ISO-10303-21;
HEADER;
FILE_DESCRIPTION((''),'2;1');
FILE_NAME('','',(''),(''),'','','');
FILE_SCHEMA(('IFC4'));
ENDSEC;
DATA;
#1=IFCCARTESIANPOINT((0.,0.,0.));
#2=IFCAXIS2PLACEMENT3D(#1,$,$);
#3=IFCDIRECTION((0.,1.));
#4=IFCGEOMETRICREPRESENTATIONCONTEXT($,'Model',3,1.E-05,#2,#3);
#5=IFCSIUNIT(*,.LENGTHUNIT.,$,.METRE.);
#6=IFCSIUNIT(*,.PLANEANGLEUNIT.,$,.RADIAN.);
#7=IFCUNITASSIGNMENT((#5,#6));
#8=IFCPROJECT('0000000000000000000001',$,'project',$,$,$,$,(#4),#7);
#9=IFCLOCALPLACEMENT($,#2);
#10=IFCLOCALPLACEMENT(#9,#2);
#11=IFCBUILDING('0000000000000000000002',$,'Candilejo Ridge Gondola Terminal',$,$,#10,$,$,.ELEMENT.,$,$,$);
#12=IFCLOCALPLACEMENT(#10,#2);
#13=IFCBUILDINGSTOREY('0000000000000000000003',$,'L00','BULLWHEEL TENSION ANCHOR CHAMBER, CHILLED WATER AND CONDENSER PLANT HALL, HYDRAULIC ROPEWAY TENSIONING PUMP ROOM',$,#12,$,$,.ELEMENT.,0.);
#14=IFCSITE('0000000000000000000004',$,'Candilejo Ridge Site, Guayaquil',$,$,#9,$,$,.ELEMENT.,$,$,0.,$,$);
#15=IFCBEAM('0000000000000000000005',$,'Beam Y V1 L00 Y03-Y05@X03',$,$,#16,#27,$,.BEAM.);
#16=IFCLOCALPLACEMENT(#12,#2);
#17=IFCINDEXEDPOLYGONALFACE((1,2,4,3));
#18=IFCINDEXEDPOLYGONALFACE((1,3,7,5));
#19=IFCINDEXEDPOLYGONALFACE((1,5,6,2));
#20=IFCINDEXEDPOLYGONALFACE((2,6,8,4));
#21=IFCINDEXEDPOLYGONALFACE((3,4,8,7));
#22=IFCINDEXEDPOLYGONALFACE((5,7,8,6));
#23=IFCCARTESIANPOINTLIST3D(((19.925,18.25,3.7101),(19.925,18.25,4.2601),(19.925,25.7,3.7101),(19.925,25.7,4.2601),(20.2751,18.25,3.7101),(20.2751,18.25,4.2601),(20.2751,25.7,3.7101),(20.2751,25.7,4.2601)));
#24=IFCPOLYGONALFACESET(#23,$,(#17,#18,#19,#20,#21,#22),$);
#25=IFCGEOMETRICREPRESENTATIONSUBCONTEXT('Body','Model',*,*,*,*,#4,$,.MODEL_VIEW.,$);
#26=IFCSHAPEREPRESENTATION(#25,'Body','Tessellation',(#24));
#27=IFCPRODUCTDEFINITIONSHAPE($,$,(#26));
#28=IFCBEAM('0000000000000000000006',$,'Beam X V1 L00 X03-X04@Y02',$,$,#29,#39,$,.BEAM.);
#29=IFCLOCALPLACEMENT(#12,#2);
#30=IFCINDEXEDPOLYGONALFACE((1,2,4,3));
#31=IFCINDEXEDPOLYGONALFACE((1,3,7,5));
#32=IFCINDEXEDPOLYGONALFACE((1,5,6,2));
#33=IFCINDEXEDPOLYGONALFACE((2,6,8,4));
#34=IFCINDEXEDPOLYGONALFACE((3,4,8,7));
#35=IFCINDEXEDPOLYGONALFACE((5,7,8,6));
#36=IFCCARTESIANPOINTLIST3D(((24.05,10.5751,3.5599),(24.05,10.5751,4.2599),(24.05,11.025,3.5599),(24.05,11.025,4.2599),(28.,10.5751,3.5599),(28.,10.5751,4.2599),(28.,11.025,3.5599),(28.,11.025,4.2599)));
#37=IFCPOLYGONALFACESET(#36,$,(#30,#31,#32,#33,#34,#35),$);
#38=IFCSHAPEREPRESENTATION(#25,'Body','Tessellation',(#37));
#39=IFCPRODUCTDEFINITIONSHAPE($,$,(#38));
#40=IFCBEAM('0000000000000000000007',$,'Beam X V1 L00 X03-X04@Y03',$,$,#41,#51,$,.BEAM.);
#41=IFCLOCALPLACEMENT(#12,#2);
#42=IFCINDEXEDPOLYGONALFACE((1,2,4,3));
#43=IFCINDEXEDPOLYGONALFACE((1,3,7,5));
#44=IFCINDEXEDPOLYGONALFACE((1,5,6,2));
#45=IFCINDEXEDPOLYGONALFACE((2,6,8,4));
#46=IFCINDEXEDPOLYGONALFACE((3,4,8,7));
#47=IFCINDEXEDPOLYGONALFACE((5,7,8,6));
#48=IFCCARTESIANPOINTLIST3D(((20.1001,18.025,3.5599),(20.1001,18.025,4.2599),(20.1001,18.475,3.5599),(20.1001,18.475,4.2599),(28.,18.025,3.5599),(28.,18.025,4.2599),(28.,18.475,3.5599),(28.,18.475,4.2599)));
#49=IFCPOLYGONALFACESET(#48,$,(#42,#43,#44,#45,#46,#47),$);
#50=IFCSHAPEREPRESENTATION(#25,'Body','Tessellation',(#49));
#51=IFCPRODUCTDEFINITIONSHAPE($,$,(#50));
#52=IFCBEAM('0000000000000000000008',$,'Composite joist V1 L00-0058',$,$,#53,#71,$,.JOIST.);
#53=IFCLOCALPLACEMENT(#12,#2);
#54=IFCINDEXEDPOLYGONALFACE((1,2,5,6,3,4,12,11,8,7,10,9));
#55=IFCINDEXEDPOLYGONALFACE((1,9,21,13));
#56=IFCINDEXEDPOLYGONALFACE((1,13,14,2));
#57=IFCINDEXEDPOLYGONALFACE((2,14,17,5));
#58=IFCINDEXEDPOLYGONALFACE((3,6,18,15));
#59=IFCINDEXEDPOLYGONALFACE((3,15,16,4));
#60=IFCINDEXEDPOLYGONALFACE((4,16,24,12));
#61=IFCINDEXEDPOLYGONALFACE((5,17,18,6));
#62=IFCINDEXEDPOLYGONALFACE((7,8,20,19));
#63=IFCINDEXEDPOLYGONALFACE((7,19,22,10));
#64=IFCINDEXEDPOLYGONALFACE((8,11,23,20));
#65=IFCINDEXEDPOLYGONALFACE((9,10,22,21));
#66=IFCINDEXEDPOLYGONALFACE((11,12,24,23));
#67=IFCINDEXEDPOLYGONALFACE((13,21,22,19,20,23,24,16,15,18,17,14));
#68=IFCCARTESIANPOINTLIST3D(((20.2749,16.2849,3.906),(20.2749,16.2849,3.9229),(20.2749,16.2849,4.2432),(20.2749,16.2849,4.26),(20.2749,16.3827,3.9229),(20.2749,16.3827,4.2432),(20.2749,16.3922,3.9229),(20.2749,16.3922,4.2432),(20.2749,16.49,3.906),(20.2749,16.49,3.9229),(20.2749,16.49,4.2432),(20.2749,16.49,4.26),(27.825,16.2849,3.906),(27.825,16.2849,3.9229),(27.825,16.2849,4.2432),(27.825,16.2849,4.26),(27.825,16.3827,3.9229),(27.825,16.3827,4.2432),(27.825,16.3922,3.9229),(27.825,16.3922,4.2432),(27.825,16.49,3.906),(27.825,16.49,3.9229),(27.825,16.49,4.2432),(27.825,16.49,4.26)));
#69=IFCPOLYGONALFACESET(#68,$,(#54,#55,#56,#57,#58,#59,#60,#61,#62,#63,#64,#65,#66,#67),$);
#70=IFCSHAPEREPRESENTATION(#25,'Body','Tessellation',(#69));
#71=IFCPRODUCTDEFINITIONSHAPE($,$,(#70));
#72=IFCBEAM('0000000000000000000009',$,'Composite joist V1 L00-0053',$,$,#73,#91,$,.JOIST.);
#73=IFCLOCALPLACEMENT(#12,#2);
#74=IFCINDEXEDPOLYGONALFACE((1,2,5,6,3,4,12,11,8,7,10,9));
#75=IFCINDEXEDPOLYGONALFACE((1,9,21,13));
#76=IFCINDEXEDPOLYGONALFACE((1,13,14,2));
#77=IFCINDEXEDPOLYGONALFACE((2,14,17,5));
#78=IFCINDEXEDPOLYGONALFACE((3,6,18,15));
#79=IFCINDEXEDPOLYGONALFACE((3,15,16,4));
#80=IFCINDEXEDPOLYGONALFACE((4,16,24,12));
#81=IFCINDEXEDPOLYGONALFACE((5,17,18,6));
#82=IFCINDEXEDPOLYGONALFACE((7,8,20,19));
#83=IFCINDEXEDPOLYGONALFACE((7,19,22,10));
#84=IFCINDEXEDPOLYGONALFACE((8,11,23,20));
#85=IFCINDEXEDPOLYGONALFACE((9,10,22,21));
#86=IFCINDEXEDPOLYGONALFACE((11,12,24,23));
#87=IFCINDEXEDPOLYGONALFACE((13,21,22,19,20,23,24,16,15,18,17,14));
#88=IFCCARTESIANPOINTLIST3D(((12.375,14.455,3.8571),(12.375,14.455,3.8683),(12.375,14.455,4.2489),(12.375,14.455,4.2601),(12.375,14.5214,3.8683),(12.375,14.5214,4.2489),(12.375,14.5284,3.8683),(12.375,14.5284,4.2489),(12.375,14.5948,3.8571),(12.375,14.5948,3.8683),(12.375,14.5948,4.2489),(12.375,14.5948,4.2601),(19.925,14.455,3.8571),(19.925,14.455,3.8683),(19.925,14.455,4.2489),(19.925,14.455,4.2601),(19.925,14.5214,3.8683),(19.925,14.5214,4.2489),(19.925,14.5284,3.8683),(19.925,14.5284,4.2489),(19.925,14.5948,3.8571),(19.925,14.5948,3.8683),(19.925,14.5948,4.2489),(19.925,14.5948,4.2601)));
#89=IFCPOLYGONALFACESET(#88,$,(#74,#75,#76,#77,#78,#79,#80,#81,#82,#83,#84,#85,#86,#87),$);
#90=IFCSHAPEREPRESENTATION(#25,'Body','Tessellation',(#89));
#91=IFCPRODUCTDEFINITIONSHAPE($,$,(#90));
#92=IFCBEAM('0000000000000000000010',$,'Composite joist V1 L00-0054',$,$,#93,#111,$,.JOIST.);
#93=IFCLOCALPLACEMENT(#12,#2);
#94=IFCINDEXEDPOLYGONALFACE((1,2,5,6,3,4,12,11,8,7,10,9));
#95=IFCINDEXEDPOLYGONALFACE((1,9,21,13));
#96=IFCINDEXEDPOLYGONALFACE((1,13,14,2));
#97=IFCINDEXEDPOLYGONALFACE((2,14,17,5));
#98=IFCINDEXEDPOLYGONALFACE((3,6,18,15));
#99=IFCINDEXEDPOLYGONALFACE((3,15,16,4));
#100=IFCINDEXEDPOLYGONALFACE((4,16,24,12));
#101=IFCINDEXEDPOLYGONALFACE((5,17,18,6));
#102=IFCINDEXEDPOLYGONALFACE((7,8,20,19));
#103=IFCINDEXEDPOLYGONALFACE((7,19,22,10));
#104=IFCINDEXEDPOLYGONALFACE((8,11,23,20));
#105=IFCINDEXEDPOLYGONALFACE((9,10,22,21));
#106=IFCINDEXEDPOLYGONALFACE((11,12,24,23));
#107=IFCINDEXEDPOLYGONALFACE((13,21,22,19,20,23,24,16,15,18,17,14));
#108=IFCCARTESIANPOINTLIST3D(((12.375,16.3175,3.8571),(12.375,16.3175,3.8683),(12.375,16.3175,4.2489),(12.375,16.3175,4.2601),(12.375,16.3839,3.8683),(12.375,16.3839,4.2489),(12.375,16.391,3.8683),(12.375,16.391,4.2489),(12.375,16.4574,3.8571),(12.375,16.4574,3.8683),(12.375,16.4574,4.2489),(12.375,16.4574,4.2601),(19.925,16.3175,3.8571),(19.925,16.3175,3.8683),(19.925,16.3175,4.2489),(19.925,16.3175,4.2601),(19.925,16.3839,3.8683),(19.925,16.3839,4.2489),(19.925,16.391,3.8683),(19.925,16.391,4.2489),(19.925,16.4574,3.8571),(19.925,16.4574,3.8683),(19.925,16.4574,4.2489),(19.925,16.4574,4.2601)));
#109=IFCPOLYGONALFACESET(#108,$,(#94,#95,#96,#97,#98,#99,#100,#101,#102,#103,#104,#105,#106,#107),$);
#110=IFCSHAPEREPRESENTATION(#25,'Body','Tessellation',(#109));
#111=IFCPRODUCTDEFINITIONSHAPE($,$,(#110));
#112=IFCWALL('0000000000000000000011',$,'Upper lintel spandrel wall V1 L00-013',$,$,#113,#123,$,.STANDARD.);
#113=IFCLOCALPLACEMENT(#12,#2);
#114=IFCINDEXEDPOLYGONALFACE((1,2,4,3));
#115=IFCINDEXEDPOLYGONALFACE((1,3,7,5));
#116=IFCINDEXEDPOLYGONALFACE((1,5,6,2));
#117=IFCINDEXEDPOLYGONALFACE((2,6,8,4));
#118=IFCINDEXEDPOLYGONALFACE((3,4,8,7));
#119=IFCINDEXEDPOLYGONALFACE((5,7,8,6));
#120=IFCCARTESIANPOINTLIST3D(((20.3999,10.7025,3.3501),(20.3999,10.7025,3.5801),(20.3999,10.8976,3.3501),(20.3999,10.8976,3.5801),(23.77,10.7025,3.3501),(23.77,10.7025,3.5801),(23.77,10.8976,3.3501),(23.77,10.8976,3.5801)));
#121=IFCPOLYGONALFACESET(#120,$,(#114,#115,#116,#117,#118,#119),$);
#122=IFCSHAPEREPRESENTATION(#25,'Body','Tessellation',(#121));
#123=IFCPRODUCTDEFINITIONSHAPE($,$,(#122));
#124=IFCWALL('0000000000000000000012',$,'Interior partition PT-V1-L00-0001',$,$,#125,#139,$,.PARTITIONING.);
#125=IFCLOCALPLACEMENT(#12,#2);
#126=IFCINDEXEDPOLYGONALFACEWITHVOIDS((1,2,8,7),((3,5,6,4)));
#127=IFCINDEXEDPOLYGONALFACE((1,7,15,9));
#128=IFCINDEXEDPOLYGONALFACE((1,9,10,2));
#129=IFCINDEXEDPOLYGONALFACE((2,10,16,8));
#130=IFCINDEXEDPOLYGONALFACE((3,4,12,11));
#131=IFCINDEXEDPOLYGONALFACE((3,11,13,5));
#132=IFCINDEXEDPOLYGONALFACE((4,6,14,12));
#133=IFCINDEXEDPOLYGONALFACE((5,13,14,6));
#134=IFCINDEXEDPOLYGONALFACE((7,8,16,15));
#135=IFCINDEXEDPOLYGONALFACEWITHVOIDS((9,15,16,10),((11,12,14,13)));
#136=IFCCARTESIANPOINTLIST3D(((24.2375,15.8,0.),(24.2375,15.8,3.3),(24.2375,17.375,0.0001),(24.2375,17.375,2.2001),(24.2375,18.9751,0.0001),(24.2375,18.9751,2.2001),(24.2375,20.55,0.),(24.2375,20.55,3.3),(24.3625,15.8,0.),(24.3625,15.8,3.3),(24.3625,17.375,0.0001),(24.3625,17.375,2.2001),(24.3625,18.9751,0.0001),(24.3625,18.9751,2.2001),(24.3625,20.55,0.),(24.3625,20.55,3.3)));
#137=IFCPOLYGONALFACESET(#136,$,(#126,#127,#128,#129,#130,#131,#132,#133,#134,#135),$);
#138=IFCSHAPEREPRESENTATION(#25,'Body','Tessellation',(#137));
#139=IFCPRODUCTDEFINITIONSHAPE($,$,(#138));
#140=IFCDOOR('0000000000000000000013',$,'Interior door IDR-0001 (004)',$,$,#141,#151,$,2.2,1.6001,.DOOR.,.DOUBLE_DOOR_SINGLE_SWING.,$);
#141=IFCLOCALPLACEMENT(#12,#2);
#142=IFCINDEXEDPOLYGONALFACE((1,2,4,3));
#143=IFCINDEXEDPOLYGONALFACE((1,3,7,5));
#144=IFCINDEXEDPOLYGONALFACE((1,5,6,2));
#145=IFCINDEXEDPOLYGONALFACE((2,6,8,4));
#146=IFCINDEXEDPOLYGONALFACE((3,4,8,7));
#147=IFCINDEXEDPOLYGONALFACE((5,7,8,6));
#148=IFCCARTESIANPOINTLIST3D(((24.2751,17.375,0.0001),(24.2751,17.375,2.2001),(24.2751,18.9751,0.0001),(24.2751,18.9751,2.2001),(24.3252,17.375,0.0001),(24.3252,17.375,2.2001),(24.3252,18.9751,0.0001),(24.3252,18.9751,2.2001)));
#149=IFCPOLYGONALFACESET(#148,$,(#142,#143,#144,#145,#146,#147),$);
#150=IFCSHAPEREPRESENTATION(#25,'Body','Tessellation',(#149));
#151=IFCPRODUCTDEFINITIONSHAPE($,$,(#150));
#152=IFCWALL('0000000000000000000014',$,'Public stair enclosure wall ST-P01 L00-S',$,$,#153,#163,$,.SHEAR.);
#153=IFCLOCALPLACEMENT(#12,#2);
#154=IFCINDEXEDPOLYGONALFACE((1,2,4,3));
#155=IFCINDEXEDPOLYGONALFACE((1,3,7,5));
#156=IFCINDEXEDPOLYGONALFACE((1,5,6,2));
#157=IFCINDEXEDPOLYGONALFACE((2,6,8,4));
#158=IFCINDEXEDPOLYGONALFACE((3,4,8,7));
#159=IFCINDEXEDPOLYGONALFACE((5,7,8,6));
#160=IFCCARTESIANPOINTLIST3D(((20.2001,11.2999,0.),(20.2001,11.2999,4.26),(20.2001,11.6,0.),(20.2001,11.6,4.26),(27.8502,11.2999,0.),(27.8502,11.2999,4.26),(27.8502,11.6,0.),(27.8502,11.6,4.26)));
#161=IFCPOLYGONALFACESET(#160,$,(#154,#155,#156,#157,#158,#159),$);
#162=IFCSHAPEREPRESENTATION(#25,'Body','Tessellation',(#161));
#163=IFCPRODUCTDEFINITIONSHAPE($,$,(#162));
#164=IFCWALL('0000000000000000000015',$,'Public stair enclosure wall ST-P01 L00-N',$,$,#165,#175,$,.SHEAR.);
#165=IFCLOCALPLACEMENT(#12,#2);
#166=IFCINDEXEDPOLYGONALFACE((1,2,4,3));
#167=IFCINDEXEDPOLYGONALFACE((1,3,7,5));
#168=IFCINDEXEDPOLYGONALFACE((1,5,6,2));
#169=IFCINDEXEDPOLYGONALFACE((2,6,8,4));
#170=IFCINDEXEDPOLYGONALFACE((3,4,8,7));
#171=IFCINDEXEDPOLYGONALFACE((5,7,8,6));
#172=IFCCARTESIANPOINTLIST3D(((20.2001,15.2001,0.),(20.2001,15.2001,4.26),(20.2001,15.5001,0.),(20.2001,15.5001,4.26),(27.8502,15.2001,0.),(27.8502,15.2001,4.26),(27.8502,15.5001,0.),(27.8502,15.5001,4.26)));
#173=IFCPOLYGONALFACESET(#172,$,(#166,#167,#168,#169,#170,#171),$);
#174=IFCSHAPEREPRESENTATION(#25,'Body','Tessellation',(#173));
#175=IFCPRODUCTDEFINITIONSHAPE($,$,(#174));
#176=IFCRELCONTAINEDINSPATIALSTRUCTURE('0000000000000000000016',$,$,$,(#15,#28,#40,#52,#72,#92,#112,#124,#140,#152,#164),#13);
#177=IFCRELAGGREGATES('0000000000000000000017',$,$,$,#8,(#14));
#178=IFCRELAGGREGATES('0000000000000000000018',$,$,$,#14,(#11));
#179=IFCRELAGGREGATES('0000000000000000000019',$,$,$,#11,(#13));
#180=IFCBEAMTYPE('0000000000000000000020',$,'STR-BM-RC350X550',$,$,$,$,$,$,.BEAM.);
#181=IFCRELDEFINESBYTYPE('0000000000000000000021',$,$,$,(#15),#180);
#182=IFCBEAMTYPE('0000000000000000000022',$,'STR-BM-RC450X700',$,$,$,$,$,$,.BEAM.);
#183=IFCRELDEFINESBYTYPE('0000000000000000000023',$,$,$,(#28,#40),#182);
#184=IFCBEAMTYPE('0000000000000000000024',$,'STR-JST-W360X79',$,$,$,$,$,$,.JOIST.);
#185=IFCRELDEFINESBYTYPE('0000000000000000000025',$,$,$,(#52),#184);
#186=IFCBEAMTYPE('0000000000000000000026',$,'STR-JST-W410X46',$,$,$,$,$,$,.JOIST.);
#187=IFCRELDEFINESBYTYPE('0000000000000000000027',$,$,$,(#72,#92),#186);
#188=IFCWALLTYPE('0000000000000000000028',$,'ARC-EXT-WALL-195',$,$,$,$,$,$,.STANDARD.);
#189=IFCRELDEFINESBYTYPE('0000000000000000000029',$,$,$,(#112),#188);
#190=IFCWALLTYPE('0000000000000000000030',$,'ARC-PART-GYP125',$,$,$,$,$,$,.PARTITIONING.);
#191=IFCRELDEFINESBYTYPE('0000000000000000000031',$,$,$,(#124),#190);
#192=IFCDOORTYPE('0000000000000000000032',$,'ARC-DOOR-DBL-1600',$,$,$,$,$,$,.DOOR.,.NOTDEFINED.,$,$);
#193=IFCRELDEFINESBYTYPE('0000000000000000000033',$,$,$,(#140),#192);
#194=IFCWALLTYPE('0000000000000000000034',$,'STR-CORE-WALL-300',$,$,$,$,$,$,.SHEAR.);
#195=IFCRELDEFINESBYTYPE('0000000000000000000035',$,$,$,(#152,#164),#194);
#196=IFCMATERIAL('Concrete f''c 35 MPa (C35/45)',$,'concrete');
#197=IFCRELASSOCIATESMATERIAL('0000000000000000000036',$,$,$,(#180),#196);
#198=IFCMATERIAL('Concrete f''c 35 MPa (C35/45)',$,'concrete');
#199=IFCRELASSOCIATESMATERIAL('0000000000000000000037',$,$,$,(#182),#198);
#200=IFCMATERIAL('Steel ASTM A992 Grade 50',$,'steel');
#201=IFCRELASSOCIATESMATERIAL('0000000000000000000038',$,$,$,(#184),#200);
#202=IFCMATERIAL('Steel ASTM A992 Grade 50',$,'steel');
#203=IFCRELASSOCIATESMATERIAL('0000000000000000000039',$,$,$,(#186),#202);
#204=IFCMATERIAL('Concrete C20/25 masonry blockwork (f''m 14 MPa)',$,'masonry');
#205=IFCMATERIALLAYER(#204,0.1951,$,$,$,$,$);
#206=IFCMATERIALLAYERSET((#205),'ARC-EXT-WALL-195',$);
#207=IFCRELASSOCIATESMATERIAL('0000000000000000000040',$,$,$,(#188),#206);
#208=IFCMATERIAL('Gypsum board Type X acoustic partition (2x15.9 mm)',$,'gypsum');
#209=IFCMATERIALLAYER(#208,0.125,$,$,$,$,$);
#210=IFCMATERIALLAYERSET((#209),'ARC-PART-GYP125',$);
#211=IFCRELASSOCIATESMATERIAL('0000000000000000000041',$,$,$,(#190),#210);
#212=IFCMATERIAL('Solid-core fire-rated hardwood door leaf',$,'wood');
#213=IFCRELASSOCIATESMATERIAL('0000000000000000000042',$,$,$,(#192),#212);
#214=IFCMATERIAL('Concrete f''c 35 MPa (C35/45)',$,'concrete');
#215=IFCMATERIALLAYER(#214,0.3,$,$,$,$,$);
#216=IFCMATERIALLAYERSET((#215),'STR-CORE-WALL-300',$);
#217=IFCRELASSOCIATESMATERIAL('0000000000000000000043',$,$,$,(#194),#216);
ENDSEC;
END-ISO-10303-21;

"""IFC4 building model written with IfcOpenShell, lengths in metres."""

from ifc_helpers import new_model, si_unit, direction, frame, frame_2d, origin, origin_2d, place, context, subcontext, project, spatial, rectangle, i_section, extrude, material, layer, layer_set, material_profile, profile_set, type_object, element, fill, save


model = new_model("IFC4")

# Units and contexts
model_context = context("Model", 3, precision=1e-05, world=origin(), true_north=direction((0.0, 1.0)))
body_context = subcontext(model_context, "Body", "Model", "MODEL_VIEW")
ifc_project = project(units=[si_unit("LENGTHUNIT", "METRE"), si_unit("PLANEANGLEUNIT", "RADIAN")], contexts=[model_context])

# Site, building, storey
site_placement = place(None, origin())
site = spatial("IfcSite", under=ifc_project, at=site_placement, Name="Candilejo Ridge Site, Guayaquil", CompositionType="ELEMENT", RefElevation=0.0)
building_placement = place(site_placement, origin())
building = spatial("IfcBuilding", under=site, at=building_placement, Name="Candilejo Ridge Gondola Terminal", CompositionType="ELEMENT")
storey_placement = place(building_placement, origin())
storey = spatial("IfcBuildingStorey", under=building, at=storey_placement, Name="L00", Description="BULLWHEEL TENSION ANCHOR CHAMBER, CHILLED WATER AND CONDENSER PLANT HALL, HYDRAULIC ROPEWAY TENSIONING PUMP ROOM", CompositionType="ELEMENT", Elevation=0.0)

# Beams
ifc_material_1 = material(Name="Concrete f'c 35 MPa (C35/45)", Category="concrete")
ifc_material_profile_1 = material_profile(ifc_material_1, rectangle(XDim=0.3501, YDim=0.55, at=origin_2d()))
ifc_profile_set_1 = profile_set([ifc_material_profile_1], Name="Concrete f'c 35 MPa (C35/45)")
beam_type_1 = type_object("IfcBeamType", Name="STR-BM-RC350X550", PredefinedType="BEAM", material=ifc_profile_set_1)
beam_1_placement = place(storey_placement, frame((20.1001, 18.25, 3.9851), z_axis=(0.0, 1.0, 0.0), x_axis=(-1.0, 0.0, 0.0)))
element("IfcBeam", 1, at=beam_1_placement, inside=storey, type_object=beam_type_1, Name="Beam Y V1 L00 Y03-Y05@X03", PredefinedType="BEAM", context=body_context, shape_type="SweptSolid", body=[
    extrude(rectangle(XDim=0.3501, YDim=0.55, at=origin_2d()), origin(), (0.0, 0.0, 1.0), 7.45),
])
ifc_material_2 = material(Name="Concrete f'c 35 MPa (C35/45)", Category="concrete")
ifc_material_profile_2 = material_profile(ifc_material_2, rectangle(XDim=0.45, YDim=0.7, at=origin_2d()))
ifc_profile_set_2 = profile_set([ifc_material_profile_2], Name="Concrete f'c 35 MPa (C35/45)")
beam_type_2 = type_object("IfcBeamType", Name="STR-BM-RC450X700", PredefinedType="BEAM", material=ifc_profile_set_2)
beam_2_placement = place(storey_placement, frame((24.05, 10.8, 3.9099), z_axis=(1.0, 0.0, 0.0), x_axis=(0.0, 1.0, 0.0)))
element("IfcBeam", 2, at=beam_2_placement, inside=storey, type_object=beam_type_2, Name="Beam X V1 L00 X03-X04@Y02", PredefinedType="BEAM", context=body_context, shape_type="SweptSolid", body=[
    extrude(rectangle(XDim=0.45, YDim=0.7, at=origin_2d()), origin(), (0.0, 0.0, 1.0), 3.95),
])
beam_3_placement = place(storey_placement, frame((20.1001, 18.25, 3.9099), z_axis=(1.0, 0.0, 0.0), x_axis=(0.0, 1.0, 0.0)))
element("IfcBeam", 3, at=beam_3_placement, inside=storey, type_object=beam_type_2, Name="Beam X V1 L00 X03-X04@Y03", PredefinedType="BEAM", context=body_context, shape_type="SweptSolid", body=[
    extrude(rectangle(XDim=0.45, YDim=0.7, at=origin_2d()), origin(), (0.0, 0.0, 1.0), 7.8999),
])
ifc_material_3 = material(Name="Steel ASTM A992 Grade 50", Category="steel")
ifc_material_profile_3 = material_profile(ifc_material_3, i_section(OverallWidth=0.2051, OverallDepth=0.354, WebThickness=0.0095, FlangeThickness=0.0168, at=origin_2d()))
ifc_profile_set_3 = profile_set([ifc_material_profile_3], Name="Steel ASTM A992 Grade 50")
beam_type_3 = type_object("IfcBeamType", Name="STR-JST-W360X79", PredefinedType="JOIST", material=ifc_profile_set_3)
beam_4_placement = place(storey_placement, frame((20.2749, 16.3875, 4.083), z_axis=(1.0, 0.0, 0.0), x_axis=(0.0, 1.0, 0.0)))
element("IfcBeam", 4, at=beam_4_placement, inside=storey, type_object=beam_type_3, Name="Composite joist V1 L00-0058", PredefinedType="JOIST", context=body_context, shape_type="SweptSolid", body=[
    extrude(i_section(OverallWidth=0.2051, OverallDepth=0.354, WebThickness=0.0095, FlangeThickness=0.0168, at=origin_2d()), origin(), (0.0, 0.0, 1.0), 7.55),
])
ifc_material_4 = material(Name="Steel ASTM A992 Grade 50", Category="steel")
ifc_material_profile_4 = material_profile(ifc_material_4, i_section(OverallWidth=0.1399, OverallDepth=0.4031, WebThickness=0.0071, FlangeThickness=0.0112, at=origin_2d()))
ifc_profile_set_4 = profile_set([ifc_material_profile_4], Name="Steel ASTM A992 Grade 50")
beam_type_4 = type_object("IfcBeamType", Name="STR-JST-W410X46", PredefinedType="JOIST", material=ifc_profile_set_4)
for number, where, z_axis, x_axis, name in (
    (5, (12.375, 14.5249, 4.0586), (1.0, 0.0, 0.0), (0.0, 1.0, 0.0), "Composite joist V1 L00-0053"),
    (6, (12.375, 16.3875, 4.0586), (1.0, 0.0, 0.0), (0.0, 1.0, 0.0), "Composite joist V1 L00-0054"),
):
    element("IfcBeam", number, at=place(storey_placement, frame(where, z_axis=z_axis, x_axis=x_axis)), inside=storey, type_object=beam_type_4, Name=name, PredefinedType="JOIST", context=body_context, shape_type="SweptSolid", body=[
        extrude(i_section(OverallWidth=0.1399, OverallDepth=0.4031, WebThickness=0.0071, FlangeThickness=0.0112, at=origin_2d()), origin(), (0.0, 0.0, 1.0), 7.55),
    ])

# Wall
ifc_material_5 = material(Name="Concrete C20/25 masonry blockwork (f'm 14 MPa)", Category="masonry")
ifc_layer_1 = layer(ifc_material_5, 0.1951)
ifc_layer_set_1 = layer_set([ifc_layer_1], Name="ARC-EXT-WALL-195")
wall_type_1 = type_object("IfcWallType", Name="ARC-EXT-WALL-195", PredefinedType="STANDARD", material=ifc_layer_set_1)
wall_1_placement = place(storey_placement, frame((23.77, 10.8, 3.3501), z_axis=(0.0, 0.0, 1.0), x_axis=(-1.0, 0.0, 0.0)))
element("IfcWall", 7, at=wall_1_placement, inside=storey, type_object=wall_type_1, Name="Upper lintel spandrel wall V1 L00-013", PredefinedType="STANDARD", context=body_context, shape_type="SweptSolid", body=[
    extrude(rectangle(XDim=3.3701, YDim=0.1951, at=frame_2d((1.6851, 0.0))), origin(), (0.0, 0.0, 1.0), 0.23),
])

# Wall, opening, door
ifc_material_6 = material(Name="Gypsum board Type X acoustic partition (2x15.9 mm)", Category="gypsum")
ifc_layer_2 = layer(ifc_material_6, 0.125)
ifc_layer_set_2 = layer_set([ifc_layer_2], Name="ARC-PART-GYP125")
wall_type_2 = type_object("IfcWallType", Name="ARC-PART-GYP125", PredefinedType="PARTITIONING", material=ifc_layer_set_2)
wall_2_placement = place(storey_placement, frame((24.3, 15.8, 0.0), z_axis=(0.0, 0.0, 1.0), x_axis=(0.0, 1.0, 0.0)))
wall_2 = element("IfcWall", 8, at=wall_2_placement, inside=storey, type_object=wall_type_2, Name="Interior partition PT-V1-L00-0001", PredefinedType="PARTITIONING", context=body_context, shape_type="SweptSolid", body=[
    extrude(rectangle(XDim=4.75, YDim=0.125, at=frame_2d((2.375, 0.0))), origin(), (0.0, 0.0, 1.0), 3.3),
])
opening_1_placement = place(wall_2_placement, frame((1.575, 0.0, 0.0)))
opening_1 = element("IfcOpeningElement", 9, at=opening_1_placement, cuts=wall_2, PredefinedType="OPENING", context=body_context, shape_type="SweptSolid", body=[
    extrude(rectangle(XDim=1.6001, YDim=2.2, at=frame_2d((0.8, 1.1001))), frame((0.0, 0.0725, 0.0), z_axis=(0.0, -1.0, 0.0), x_axis=(1.0, 0.0, 0.0)), (0.0, 0.0, 1.0), 0.145),
])
ifc_material_7 = material(Name="Solid-core fire-rated hardwood door leaf", Category="wood")
door_type = type_object("IfcDoorType", Name="ARC-DOOR-DBL-1600", OperationType="NOTDEFINED", PredefinedType="DOOR", material=ifc_material_7)
door_1_placement = place(opening_1_placement, origin())
door_1 = element("IfcDoor", 10, at=door_1_placement, inside=storey, type_object=door_type, Name="Interior door IDR-0001 (004)", OperationType="DOUBLE_DOOR_SINGLE_SWING", OverallHeight=2.2, OverallWidth=1.6001, PredefinedType="DOOR", context=body_context, shape_type="SweptSolid", body=[
    extrude(rectangle(XDim=1.6001, YDim=2.2, at=frame_2d((0.8, 1.1001))), frame((0.0, 0.0249, 0.0), z_axis=(0.0, -1.0, 0.0), x_axis=(1.0, 0.0, 0.0)), (0.0, 0.0, 1.0), 0.05),
])
fill(opening_1, door_1)

# Walls
ifc_material_8 = material(Name="Concrete f'c 35 MPa (C35/45)", Category="concrete")
ifc_layer_3 = layer(ifc_material_8, 0.3)
ifc_layer_set_3 = layer_set([ifc_layer_3], Name="STR-CORE-WALL-300")
wall_type_3 = type_object("IfcWallType", Name="STR-CORE-WALL-300", PredefinedType="SHEAR", material=ifc_layer_set_3)
for number, where, z_axis, x_axis, name in (
    (11, (20.2, 11.45, 0.0), (0.0, 0.0, 1.0), (1.0, 0.0, 0.0), "Public stair enclosure wall ST-P01 L00-S"),
    (12, (20.2, 15.3501, 0.0), (0.0, 0.0, 1.0), (1.0, 0.0, 0.0), "Public stair enclosure wall ST-P01 L00-N"),
):
    element("IfcWall", number, at=place(storey_placement, frame(where, z_axis=z_axis, x_axis=x_axis)), inside=storey, type_object=wall_type_3, Name=name, PredefinedType="SHEAR", context=body_context, shape_type="SweptSolid", body=[
        extrude(rectangle(XDim=7.6501, YDim=0.3, at=frame_2d((3.8252, 0.0))), origin(), (0.0, 0.0, 1.0), 4.26),
    ])

save(model, "model.ifc")
